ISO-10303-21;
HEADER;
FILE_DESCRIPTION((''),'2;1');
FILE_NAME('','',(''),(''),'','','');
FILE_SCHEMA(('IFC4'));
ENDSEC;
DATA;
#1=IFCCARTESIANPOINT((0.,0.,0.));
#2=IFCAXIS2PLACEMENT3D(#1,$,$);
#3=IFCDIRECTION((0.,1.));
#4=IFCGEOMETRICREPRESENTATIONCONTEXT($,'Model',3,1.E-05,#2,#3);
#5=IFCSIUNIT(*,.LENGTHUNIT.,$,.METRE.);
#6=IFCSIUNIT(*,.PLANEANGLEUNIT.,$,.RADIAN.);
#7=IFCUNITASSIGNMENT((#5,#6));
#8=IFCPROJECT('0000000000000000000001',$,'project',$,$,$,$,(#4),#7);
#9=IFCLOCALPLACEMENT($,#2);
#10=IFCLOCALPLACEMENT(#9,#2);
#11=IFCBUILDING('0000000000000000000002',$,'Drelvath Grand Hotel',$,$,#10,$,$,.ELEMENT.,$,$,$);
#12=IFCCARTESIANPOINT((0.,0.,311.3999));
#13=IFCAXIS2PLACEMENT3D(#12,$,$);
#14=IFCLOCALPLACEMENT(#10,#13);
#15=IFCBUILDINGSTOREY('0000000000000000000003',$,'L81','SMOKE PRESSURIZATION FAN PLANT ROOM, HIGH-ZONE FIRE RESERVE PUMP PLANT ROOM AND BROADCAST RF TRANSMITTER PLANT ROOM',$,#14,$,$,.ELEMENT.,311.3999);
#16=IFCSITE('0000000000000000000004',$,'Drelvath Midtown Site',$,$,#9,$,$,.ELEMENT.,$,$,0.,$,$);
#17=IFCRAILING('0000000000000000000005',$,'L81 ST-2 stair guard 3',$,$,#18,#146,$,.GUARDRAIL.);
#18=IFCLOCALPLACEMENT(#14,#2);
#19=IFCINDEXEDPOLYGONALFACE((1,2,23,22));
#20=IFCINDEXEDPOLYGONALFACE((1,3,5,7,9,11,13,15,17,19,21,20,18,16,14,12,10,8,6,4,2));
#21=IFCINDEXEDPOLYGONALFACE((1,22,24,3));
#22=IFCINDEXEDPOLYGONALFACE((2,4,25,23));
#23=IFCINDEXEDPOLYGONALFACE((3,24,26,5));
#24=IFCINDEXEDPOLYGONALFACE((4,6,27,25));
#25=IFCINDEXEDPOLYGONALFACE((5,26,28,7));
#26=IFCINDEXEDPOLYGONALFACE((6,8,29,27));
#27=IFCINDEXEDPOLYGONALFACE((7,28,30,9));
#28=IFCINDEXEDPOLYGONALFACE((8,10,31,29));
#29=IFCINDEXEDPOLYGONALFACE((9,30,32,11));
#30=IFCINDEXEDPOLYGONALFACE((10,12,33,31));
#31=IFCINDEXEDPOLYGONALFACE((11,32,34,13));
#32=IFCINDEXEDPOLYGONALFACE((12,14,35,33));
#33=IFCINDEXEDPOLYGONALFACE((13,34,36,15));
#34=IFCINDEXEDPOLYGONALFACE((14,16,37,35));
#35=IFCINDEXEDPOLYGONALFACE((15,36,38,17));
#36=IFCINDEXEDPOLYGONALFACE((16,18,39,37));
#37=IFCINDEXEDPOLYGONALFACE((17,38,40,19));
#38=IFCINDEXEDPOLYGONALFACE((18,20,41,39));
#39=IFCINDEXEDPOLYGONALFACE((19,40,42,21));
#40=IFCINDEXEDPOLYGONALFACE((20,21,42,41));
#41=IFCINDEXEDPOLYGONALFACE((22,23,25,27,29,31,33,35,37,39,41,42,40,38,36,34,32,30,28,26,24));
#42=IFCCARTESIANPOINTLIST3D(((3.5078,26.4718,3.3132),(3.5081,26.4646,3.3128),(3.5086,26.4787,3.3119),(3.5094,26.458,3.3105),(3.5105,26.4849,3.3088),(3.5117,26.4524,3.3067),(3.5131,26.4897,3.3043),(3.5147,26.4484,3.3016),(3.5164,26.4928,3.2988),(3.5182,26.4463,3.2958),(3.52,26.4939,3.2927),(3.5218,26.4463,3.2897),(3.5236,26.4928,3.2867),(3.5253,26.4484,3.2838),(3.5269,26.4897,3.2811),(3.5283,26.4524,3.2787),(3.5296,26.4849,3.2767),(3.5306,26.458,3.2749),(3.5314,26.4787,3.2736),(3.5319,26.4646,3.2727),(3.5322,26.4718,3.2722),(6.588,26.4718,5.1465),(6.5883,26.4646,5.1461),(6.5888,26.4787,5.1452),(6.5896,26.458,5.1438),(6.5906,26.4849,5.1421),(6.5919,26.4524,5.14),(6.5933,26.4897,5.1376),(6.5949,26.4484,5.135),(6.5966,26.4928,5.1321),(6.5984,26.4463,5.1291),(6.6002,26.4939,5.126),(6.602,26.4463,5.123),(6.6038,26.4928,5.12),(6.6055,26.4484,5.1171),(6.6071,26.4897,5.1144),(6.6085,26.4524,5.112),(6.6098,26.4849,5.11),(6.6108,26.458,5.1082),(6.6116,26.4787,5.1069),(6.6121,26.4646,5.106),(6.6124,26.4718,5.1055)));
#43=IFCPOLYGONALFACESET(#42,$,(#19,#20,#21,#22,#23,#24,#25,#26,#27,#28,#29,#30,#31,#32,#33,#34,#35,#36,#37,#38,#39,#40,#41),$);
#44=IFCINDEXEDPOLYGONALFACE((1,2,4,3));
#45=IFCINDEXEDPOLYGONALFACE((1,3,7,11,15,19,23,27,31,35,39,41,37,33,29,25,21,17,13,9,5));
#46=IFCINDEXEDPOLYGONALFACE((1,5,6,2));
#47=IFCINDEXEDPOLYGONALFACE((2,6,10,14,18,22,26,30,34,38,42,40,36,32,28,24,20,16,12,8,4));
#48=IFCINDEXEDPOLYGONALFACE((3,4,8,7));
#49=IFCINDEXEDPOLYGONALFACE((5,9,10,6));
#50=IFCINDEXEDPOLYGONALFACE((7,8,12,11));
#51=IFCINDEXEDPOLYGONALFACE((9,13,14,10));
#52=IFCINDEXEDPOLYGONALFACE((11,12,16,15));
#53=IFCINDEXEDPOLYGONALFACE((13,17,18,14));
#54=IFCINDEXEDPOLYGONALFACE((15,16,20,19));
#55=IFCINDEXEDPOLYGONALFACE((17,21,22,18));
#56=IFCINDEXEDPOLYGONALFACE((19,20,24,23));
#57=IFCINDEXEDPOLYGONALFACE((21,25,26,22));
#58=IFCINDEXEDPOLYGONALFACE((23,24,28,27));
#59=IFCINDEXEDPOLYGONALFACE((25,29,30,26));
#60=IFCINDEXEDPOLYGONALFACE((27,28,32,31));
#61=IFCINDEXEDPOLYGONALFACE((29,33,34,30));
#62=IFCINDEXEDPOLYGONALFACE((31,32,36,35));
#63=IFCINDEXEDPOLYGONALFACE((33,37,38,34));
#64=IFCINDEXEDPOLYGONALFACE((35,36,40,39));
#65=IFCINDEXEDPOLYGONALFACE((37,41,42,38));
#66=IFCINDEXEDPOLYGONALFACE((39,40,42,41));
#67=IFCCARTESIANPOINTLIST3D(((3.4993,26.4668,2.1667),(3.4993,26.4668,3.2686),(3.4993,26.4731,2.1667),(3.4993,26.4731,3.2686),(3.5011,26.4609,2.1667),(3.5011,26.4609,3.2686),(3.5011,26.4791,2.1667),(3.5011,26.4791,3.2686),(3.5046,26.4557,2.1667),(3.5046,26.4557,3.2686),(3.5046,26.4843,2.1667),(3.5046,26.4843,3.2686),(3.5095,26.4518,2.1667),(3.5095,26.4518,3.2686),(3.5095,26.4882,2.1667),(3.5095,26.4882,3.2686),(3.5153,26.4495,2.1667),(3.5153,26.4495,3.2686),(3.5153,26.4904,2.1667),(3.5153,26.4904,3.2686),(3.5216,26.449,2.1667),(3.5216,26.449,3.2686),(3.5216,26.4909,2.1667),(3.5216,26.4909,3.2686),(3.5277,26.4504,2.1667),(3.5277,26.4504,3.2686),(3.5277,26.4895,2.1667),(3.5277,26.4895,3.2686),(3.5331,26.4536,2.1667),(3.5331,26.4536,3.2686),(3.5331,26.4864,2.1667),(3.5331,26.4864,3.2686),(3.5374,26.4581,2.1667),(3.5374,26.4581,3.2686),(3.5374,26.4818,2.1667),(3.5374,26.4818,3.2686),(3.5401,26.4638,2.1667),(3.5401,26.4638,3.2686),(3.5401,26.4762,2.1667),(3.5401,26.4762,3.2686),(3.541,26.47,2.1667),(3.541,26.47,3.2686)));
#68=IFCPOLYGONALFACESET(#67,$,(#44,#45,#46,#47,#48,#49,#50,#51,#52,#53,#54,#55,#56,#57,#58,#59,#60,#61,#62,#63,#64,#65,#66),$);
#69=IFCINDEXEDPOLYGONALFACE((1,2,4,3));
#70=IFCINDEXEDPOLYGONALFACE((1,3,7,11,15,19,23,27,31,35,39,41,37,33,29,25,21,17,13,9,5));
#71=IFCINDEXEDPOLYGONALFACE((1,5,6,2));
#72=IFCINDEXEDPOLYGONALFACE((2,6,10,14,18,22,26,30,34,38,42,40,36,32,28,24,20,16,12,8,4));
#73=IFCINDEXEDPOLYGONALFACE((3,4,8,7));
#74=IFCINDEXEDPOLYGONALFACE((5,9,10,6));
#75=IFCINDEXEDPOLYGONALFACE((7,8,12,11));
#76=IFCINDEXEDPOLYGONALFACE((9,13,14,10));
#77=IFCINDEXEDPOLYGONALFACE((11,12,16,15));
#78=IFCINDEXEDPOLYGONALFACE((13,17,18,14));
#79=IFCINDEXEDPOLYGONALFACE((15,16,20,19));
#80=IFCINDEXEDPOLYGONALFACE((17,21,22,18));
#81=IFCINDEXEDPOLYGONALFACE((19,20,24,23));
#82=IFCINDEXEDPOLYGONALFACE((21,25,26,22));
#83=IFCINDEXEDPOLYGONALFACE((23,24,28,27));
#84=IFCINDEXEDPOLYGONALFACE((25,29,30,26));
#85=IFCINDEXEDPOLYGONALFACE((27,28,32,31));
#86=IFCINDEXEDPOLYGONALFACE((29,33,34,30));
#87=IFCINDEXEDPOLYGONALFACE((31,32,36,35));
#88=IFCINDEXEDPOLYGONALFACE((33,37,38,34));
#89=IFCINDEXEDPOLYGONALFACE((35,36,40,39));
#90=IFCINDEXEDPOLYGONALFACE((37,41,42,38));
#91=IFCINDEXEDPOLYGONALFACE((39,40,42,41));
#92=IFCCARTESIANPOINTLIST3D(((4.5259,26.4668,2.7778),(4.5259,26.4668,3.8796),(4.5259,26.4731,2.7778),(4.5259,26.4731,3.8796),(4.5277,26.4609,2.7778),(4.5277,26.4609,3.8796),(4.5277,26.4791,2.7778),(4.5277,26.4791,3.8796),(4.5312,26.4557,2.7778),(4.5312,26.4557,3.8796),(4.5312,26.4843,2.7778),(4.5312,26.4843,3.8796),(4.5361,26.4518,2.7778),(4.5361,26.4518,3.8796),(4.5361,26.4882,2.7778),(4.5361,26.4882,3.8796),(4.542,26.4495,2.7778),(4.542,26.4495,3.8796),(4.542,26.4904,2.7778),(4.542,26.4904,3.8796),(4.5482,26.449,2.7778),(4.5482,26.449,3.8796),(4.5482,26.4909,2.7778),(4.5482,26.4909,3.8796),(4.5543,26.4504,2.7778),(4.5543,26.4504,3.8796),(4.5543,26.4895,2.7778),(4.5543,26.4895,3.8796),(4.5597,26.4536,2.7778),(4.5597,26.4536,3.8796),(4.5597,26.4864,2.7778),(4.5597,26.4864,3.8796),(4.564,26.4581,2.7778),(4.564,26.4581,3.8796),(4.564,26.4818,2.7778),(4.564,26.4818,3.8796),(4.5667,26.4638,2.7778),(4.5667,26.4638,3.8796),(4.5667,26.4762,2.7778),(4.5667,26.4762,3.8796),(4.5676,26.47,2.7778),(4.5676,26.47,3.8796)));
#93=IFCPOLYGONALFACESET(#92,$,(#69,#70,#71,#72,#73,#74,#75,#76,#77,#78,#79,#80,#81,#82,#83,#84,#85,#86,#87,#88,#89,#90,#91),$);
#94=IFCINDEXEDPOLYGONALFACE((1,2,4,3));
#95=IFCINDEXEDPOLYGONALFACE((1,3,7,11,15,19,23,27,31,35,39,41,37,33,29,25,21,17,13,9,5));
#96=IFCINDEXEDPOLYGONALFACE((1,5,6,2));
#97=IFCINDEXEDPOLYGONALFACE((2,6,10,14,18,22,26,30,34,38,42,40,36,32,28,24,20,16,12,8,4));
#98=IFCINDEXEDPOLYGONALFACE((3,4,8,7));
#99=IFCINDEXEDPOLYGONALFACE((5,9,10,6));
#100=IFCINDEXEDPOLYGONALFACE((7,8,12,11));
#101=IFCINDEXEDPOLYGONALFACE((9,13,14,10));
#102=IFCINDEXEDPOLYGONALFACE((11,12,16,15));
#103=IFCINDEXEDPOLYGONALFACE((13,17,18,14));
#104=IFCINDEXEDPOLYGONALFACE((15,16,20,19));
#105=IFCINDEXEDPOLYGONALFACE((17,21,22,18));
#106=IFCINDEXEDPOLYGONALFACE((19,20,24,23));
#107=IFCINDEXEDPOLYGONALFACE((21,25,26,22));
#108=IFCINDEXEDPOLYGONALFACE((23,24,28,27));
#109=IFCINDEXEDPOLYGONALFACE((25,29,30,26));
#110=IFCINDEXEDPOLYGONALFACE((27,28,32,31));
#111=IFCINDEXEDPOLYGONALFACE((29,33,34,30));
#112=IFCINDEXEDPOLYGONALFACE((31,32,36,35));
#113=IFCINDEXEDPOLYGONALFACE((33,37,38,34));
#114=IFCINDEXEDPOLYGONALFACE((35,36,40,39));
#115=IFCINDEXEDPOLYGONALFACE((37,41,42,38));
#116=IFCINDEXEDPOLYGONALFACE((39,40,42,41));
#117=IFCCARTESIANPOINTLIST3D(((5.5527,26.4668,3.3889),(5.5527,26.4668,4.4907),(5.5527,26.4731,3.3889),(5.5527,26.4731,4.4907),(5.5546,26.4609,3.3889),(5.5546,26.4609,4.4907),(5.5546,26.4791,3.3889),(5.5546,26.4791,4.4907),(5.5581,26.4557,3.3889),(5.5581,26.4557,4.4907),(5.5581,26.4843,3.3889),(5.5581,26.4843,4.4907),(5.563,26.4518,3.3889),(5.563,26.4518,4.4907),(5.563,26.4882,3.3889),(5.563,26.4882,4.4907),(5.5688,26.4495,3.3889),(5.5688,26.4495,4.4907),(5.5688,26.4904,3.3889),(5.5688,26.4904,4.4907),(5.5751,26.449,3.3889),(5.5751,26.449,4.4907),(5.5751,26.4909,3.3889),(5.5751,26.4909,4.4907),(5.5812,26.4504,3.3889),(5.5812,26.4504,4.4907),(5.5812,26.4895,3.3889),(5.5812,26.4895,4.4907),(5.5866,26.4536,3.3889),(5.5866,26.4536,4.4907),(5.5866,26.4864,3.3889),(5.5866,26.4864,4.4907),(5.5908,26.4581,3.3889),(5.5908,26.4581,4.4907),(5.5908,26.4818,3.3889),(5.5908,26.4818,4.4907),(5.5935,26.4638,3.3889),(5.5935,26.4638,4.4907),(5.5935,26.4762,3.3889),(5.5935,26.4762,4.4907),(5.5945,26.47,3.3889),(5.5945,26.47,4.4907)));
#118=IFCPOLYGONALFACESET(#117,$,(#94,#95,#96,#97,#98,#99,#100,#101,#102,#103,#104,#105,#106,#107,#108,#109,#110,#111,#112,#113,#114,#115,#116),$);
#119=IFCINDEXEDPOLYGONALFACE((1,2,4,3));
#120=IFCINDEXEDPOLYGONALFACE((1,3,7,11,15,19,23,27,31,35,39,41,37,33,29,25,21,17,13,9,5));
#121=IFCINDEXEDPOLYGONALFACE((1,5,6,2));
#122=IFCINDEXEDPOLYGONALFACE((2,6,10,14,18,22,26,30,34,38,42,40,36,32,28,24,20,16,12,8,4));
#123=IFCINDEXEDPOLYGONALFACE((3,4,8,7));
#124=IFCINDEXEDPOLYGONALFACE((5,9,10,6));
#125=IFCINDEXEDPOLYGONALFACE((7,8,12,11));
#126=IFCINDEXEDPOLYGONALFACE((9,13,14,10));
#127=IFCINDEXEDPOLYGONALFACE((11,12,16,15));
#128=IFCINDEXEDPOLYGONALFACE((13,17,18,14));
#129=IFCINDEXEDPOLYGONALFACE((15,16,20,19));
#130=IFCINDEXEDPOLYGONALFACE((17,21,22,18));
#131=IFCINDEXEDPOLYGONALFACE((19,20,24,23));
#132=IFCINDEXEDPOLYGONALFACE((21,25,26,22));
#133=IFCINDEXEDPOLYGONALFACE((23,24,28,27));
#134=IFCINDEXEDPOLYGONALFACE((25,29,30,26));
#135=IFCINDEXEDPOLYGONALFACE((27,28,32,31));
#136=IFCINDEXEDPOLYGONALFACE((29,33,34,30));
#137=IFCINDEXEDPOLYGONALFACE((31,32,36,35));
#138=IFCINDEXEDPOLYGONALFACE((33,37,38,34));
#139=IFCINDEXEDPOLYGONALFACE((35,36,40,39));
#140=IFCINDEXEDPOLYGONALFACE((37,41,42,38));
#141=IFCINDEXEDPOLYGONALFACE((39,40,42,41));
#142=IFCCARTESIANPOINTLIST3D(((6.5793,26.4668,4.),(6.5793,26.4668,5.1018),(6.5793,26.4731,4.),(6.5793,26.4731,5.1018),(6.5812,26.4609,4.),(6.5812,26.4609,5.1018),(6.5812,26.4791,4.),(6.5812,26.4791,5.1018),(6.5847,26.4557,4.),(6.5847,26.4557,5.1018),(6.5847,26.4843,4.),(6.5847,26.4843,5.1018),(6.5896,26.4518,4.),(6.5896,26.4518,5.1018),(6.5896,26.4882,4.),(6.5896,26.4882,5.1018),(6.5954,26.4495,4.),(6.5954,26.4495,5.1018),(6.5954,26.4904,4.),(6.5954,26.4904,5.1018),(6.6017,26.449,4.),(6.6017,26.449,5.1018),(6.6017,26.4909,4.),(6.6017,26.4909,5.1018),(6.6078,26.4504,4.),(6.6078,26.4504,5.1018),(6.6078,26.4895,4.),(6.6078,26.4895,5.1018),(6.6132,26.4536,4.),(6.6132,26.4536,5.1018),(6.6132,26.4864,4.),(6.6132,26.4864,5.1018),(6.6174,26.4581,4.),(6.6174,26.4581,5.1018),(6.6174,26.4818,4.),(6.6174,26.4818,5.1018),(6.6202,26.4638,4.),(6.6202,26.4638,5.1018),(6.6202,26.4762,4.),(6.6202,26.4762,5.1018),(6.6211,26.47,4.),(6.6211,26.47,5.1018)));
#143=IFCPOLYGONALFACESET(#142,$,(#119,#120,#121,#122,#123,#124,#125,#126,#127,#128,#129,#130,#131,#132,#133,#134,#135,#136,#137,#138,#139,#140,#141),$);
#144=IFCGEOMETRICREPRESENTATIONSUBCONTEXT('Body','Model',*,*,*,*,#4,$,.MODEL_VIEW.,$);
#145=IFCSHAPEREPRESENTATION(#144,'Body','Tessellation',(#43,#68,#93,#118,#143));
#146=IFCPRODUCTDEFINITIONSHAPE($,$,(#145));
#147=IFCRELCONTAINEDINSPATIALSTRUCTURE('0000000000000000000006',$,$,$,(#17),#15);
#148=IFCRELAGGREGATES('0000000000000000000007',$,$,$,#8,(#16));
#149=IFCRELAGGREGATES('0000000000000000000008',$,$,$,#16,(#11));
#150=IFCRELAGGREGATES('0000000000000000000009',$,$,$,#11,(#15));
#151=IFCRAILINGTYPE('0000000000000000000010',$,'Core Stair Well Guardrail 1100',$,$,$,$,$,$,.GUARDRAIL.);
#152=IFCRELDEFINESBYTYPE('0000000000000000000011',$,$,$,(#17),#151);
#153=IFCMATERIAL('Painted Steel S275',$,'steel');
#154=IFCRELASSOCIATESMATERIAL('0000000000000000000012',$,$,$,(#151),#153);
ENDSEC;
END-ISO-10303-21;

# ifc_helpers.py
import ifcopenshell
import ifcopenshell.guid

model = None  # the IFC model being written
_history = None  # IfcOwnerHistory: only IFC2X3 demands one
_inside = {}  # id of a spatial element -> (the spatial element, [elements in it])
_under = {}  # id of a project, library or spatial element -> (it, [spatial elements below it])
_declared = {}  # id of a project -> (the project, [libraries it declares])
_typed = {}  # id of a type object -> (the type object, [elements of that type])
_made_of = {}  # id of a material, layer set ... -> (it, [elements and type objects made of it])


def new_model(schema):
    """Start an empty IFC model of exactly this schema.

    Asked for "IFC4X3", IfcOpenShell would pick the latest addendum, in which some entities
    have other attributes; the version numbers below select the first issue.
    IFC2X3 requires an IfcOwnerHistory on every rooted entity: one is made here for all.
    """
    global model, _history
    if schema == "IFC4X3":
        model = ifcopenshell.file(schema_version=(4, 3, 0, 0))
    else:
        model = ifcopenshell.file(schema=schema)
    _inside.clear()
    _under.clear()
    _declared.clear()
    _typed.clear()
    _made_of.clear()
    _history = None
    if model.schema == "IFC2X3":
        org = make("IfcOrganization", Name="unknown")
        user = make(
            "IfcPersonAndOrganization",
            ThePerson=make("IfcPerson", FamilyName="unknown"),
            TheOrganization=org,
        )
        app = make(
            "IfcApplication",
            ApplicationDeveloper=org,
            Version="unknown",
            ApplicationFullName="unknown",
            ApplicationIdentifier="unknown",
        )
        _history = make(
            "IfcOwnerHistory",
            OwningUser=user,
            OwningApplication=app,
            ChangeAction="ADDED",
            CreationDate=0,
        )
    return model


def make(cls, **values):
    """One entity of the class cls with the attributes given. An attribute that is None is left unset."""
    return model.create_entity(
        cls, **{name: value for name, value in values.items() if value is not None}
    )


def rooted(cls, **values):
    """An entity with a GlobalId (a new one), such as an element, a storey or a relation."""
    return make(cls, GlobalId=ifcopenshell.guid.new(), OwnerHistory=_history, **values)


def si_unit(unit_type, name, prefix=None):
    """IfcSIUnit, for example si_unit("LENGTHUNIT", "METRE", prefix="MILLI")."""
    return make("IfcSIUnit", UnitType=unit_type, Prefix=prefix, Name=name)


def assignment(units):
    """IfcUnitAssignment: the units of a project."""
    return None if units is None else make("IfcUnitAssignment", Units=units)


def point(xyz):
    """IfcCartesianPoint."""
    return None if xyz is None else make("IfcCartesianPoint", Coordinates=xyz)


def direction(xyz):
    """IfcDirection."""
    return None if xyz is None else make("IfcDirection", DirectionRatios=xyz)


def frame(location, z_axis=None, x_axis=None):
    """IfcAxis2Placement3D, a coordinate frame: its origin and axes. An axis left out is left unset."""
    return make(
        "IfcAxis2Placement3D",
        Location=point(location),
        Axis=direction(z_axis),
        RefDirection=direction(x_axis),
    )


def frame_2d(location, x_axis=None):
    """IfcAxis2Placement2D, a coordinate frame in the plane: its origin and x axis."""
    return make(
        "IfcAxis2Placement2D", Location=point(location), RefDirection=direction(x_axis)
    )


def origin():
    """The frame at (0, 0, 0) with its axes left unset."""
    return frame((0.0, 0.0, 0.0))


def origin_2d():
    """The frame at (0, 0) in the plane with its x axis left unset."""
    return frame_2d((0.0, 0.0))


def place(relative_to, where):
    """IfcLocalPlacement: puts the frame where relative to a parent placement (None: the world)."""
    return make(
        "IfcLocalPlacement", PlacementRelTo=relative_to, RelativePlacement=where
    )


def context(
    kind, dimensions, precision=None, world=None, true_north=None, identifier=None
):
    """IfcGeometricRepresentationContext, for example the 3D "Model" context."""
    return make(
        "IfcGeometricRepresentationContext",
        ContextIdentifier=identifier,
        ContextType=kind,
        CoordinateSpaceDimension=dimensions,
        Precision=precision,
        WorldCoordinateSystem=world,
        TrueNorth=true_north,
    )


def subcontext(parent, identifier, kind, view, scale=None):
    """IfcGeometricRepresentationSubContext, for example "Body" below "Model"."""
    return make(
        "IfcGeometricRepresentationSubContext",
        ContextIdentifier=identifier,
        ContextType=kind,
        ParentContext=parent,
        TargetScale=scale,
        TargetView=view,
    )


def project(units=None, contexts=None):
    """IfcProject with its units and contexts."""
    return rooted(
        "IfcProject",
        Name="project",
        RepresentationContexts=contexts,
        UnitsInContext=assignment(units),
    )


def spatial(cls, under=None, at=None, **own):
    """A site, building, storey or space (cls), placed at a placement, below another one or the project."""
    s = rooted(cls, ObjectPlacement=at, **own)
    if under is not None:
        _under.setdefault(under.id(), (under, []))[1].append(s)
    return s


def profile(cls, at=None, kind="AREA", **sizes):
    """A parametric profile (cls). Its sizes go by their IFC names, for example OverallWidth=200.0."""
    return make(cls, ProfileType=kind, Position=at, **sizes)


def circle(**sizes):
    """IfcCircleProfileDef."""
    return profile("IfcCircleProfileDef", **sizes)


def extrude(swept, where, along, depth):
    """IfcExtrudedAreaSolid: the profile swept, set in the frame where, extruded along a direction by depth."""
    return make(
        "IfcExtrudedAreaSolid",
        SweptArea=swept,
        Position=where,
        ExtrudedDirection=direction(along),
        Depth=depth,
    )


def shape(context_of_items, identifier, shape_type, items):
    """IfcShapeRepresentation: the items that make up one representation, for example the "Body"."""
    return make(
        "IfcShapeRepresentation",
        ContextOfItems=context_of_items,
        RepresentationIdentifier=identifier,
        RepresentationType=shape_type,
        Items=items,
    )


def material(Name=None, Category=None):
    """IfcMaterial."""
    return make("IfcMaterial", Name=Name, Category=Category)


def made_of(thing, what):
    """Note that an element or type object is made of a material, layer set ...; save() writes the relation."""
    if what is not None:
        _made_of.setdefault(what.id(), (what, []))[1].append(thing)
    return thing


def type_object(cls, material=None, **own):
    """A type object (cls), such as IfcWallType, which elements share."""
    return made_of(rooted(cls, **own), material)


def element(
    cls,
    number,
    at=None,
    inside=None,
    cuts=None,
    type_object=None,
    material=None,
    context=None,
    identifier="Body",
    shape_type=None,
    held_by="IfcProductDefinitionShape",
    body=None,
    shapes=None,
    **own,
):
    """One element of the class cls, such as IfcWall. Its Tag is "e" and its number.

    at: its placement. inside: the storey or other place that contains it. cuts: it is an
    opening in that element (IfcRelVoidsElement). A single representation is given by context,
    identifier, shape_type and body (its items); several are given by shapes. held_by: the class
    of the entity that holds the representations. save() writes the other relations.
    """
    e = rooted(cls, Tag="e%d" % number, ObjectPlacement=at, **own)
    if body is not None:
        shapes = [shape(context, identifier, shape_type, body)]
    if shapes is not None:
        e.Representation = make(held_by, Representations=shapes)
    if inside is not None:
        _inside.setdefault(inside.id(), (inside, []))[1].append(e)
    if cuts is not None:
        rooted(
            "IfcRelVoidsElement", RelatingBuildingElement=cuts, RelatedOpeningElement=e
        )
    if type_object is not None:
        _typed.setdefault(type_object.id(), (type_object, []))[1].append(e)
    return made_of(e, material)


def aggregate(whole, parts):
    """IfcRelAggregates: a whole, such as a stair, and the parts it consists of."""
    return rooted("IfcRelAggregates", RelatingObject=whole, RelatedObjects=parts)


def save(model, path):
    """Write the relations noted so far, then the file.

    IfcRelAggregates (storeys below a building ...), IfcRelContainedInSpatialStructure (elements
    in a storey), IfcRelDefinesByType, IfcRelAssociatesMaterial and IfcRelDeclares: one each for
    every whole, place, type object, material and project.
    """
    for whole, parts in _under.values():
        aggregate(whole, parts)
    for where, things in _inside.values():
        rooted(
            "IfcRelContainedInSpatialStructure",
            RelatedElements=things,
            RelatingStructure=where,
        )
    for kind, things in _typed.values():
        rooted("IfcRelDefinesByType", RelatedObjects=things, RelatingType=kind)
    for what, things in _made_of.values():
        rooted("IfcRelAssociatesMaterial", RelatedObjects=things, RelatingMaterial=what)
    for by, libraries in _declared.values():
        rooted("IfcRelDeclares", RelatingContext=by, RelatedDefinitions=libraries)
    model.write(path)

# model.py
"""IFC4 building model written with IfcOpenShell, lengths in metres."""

from ifc_helpers import new_model, si_unit, direction, frame, origin, origin_2d, place, context, subcontext, project, spatial, circle, extrude, material, type_object, element, save


model = new_model("IFC4")

# Units and contexts
model_context = context("Model", 3, precision=1e-05, world=origin(), true_north=direction((0.0, 1.0)))
body_context = subcontext(model_context, "Body", "Model", "MODEL_VIEW")
ifc_project = project(units=[si_unit("LENGTHUNIT", "METRE"), si_unit("PLANEANGLEUNIT", "RADIAN")], contexts=[model_context])

# Site, building, storey
site_placement = place(None, origin())
site = spatial("IfcSite", under=ifc_project, at=site_placement, Name="Drelvath Midtown Site", CompositionType="ELEMENT", RefElevation=0.0)
building_placement = place(site_placement, origin())
building = spatial("IfcBuilding", under=site, at=building_placement, Name="Drelvath Grand Hotel", CompositionType="ELEMENT")
storey_placement = place(building_placement, frame((0.0, 0.0, 311.3999)))
storey = spatial("IfcBuildingStorey", under=building, at=storey_placement, Name="L81", Description="SMOKE PRESSURIZATION FAN PLANT ROOM, HIGH-ZONE FIRE RESERVE PUMP PLANT ROOM AND BROADCAST RF TRANSMITTER PLANT ROOM", CompositionType="ELEMENT", Elevation=311.3999)

# Shared definitions
ifc_material_1 = material(Name="Painted Steel S275", Category="steel")

# Railing
railing_type_1 = type_object("IfcRailingType", Name="Core Stair Well Guardrail 1100", PredefinedType="GUARDRAIL", material=ifc_material_1)
railing_1_placement = place(storey_placement, frame((3.52, 26.47, 2.1667)))
element("IfcRailing", 1, at=railing_1_placement, inside=storey, type_object=railing_type_1, Name="L81 ST-2 stair guard 3", PredefinedType="GUARDRAIL", context=body_context, shape_type="SweptSolid", body=[
    extrude(circle(Radius=0.0239, at=origin_2d()), frame((0.0, 0.0, 1.126), z_axis=(0.859309, 0.0, 0.511458), x_axis=(0.0, 1.0, 0.0)), (0.0, 0.0, 1.0), 3.5845),
    extrude(circle(Radius=0.021, at=origin_2d()), origin(), (0.0, 0.0, 1.0), 1.1018),
    extrude(circle(Radius=0.021, at=origin_2d()), frame((1.0266, 0.0, 0.6111)), (0.0, 0.0, 1.0), 1.1018),
    extrude(circle(Radius=0.021, at=origin_2d()), frame((2.0535, 0.0, 1.2222)), (0.0, 0.0, 1.0), 1.1018),
    extrude(circle(Radius=0.021, at=origin_2d()), frame((3.0801, 0.0, 1.8333)), (0.0, 0.0, 1.0), 1.1018),
])

save(model, "model.ifc")
